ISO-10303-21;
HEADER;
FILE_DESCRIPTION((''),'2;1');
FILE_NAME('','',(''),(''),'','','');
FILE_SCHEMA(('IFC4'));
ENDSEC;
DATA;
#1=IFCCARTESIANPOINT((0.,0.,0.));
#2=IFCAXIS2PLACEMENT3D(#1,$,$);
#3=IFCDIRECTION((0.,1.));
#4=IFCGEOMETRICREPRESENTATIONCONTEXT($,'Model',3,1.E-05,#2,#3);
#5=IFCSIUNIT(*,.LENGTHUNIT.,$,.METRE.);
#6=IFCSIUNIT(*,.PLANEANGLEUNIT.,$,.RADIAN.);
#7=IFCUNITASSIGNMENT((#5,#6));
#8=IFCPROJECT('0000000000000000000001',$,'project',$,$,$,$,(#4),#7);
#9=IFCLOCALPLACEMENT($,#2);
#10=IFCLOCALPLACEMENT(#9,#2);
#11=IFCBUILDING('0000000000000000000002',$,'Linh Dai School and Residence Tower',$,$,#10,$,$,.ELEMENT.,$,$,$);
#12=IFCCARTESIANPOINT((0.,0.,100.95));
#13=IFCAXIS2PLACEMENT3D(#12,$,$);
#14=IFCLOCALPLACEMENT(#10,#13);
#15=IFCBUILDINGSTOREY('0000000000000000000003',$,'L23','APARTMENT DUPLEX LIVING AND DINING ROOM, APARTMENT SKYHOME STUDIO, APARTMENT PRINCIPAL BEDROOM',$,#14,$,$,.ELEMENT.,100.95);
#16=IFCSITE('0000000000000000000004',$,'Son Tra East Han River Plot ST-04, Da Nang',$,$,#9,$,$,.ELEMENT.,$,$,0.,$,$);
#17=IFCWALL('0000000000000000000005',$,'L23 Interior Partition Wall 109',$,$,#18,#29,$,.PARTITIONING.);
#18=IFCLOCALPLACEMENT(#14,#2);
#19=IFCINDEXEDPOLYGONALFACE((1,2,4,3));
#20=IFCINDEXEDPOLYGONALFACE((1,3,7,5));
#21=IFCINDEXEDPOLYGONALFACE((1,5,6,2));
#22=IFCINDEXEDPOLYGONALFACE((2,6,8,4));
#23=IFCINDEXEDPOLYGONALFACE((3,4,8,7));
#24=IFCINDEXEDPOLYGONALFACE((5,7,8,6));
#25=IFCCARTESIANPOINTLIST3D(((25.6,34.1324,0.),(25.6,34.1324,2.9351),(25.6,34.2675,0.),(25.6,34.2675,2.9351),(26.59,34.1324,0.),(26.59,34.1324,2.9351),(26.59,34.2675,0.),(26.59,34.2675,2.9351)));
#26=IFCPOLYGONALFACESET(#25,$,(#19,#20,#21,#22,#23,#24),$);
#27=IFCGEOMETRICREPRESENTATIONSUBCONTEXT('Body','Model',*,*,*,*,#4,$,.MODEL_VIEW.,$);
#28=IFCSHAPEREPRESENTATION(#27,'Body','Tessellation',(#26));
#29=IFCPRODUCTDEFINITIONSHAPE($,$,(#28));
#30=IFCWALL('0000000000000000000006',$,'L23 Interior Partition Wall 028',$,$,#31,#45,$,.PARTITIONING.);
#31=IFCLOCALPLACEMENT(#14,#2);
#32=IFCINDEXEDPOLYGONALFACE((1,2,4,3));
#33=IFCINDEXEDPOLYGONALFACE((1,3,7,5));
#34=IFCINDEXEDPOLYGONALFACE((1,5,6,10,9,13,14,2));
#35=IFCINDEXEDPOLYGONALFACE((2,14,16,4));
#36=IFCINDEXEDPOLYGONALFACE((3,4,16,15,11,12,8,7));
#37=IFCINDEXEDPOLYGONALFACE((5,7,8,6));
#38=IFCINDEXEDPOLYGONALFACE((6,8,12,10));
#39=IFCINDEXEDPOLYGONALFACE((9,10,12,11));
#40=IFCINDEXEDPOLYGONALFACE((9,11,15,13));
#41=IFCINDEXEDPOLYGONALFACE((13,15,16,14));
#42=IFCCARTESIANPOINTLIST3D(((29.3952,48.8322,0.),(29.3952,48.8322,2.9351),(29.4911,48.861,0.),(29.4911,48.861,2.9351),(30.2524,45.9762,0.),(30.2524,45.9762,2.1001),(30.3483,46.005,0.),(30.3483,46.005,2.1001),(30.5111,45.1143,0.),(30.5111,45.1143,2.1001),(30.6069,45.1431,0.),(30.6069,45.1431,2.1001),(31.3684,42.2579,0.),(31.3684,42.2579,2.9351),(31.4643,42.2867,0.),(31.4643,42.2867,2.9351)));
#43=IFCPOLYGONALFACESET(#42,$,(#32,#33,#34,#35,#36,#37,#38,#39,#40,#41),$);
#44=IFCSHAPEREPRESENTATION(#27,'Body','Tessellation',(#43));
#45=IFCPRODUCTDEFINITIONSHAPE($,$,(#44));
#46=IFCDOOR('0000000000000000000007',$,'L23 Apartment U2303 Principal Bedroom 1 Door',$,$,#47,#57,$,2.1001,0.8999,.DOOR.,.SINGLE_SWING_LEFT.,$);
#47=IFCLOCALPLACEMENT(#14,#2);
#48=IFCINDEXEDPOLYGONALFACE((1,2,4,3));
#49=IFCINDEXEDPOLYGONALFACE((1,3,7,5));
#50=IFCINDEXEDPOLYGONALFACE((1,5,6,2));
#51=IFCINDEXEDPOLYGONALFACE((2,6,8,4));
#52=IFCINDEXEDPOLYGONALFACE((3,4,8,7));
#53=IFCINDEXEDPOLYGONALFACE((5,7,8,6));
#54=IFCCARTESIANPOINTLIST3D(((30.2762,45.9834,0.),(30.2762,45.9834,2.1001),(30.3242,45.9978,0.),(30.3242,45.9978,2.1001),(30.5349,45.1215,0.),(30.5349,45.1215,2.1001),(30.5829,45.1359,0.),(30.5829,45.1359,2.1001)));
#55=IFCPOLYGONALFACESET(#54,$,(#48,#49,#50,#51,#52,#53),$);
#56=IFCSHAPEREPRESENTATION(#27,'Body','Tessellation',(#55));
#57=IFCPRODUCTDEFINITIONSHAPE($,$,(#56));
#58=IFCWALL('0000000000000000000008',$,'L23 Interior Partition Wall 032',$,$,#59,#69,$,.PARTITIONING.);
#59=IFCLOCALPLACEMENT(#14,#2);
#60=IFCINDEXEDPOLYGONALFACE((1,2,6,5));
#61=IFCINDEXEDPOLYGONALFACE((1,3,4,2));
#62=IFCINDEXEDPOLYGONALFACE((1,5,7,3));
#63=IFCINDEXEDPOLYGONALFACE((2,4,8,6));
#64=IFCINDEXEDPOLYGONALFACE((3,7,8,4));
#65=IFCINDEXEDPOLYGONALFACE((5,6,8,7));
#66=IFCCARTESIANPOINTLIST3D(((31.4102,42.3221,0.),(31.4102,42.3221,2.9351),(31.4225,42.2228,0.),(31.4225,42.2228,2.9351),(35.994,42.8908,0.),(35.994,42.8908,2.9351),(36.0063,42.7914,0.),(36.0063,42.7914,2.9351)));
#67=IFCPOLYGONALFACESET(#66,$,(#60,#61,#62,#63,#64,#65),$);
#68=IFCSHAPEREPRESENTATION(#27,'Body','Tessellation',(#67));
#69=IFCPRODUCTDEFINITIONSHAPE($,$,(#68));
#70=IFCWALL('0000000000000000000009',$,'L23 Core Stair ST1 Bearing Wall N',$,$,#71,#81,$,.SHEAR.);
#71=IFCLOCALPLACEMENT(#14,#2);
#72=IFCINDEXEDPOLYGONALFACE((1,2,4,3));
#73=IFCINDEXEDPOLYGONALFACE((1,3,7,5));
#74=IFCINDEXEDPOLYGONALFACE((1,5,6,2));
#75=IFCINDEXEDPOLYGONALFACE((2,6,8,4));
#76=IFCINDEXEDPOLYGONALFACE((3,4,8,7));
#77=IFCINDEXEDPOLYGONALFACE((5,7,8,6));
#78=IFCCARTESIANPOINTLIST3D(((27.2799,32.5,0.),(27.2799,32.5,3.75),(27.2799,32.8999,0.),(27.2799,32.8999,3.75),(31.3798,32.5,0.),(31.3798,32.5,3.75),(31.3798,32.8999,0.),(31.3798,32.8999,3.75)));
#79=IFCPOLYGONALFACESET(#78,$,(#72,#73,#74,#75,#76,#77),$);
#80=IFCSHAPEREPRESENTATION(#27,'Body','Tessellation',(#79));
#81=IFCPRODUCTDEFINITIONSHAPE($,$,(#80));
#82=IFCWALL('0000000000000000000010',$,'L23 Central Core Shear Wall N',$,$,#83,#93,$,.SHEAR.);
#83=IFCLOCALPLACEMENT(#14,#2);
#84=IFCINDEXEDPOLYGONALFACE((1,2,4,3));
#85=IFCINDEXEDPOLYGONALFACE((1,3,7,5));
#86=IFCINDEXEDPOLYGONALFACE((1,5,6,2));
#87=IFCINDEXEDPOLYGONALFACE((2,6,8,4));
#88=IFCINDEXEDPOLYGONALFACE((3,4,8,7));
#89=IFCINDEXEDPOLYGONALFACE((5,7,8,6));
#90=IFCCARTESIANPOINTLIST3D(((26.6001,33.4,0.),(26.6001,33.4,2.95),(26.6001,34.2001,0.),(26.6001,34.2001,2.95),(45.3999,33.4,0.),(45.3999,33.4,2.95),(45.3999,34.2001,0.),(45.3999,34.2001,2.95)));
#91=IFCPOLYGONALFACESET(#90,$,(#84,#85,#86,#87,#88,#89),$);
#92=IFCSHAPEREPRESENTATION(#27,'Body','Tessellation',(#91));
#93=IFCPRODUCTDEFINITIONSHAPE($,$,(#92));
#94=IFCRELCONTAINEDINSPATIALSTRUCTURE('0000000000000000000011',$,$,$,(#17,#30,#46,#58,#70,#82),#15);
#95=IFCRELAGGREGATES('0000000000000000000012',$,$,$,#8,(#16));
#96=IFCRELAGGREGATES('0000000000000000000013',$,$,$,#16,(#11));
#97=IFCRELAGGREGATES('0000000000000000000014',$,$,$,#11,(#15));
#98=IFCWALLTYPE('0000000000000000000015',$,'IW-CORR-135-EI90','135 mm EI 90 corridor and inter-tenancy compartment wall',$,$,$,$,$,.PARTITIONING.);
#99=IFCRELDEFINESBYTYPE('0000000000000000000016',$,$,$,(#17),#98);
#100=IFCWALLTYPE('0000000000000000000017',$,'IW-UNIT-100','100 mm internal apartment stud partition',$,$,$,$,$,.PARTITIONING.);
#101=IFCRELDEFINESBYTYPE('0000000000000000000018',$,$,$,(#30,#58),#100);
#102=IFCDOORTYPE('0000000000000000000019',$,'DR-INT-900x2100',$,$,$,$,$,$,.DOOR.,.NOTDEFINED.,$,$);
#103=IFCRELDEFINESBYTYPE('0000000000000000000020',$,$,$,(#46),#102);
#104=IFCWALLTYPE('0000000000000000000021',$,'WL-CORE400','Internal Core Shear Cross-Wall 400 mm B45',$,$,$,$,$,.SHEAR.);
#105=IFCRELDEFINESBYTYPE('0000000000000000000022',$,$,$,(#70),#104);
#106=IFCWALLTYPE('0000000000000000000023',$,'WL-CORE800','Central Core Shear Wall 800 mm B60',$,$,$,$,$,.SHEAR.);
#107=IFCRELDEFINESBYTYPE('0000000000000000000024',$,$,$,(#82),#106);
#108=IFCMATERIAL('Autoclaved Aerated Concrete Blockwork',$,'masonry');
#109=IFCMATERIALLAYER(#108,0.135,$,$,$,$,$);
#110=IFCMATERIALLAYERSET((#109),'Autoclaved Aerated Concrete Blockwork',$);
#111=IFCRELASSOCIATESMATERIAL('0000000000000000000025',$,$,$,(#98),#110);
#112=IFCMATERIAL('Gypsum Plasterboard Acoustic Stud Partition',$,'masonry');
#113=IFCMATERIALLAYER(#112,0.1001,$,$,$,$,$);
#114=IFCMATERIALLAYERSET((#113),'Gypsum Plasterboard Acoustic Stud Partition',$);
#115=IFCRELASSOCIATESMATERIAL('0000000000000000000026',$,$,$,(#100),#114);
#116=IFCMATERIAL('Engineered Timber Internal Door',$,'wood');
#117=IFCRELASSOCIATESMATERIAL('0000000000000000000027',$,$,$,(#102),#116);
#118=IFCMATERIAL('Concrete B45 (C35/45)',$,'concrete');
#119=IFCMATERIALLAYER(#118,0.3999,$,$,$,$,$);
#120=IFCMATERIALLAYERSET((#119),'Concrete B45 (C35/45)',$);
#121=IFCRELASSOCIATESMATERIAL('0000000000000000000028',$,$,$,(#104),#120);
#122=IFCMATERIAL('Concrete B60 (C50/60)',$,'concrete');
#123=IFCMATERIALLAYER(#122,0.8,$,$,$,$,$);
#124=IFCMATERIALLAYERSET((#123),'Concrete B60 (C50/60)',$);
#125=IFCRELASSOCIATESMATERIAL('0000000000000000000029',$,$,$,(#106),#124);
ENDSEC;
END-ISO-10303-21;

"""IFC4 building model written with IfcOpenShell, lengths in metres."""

from ifc_helpers import new_model, si_unit, direction, frame, frame_2d, origin, origin_2d, place, context, subcontext, project, spatial, rectangle, extrude, source, transform, mapped, material, layer, layer_set, type_object, element, fill, save


model = new_model("IFC4")

# Units and contexts
model_context = context("Model", 3, precision=1e-05, world=origin(), true_north=direction((0.0, 1.0)))
body_context = subcontext(model_context, "Body", "Model", "MODEL_VIEW")
ifc_project = project(units=[si_unit("LENGTHUNIT", "METRE"), si_unit("PLANEANGLEUNIT", "RADIAN")], contexts=[model_context])

# Site, building, storey
site_placement = place(None, origin())
site = spatial("IfcSite", under=ifc_project, at=site_placement, Name="Son Tra East Han River Plot ST-04, Da Nang", CompositionType="ELEMENT", RefElevation=0.0)
building_placement = place(site_placement, origin())
building = spatial("IfcBuilding", under=site, at=building_placement, Name="Linh Dai School and Residence Tower", CompositionType="ELEMENT")
storey_placement = place(building_placement, frame((0.0, 0.0, 100.95)))
storey = spatial("IfcBuildingStorey", under=building, at=storey_placement, Name="L23", Description="APARTMENT DUPLEX LIVING AND DINING ROOM, APARTMENT SKYHOME STUDIO, APARTMENT PRINCIPAL BEDROOM", CompositionType="ELEMENT", Elevation=100.95)

# Wall
ifc_material_1 = material(Name="Autoclaved Aerated Concrete Blockwork", Category="masonry")
ifc_layer_1 = layer(ifc_material_1, 0.135)
ifc_layer_set_1 = layer_set([ifc_layer_1], Name="Autoclaved Aerated Concrete Blockwork")
wall_type_1 = type_object("IfcWallType", Name="IW-CORR-135-EI90", Description="135 mm EI 90 corridor and inter-tenancy compartment wall", PredefinedType="PARTITIONING", material=ifc_layer_set_1)
wall_1_placement = place(storey_placement, frame((26.5901, 34.2, 0.0), z_axis=(0.0, 0.0, 1.0), x_axis=(-1.0, 0.0, 0.0)))
element("IfcWall", 1, at=wall_1_placement, inside=storey, type_object=wall_type_1, Name="L23 Interior Partition Wall 109", PredefinedType="PARTITIONING", context=body_context, shape_type="SweptSolid", body=[
    extrude(rectangle(XDim=0.99, YDim=0.135, at=frame_2d((0.4951, 0.0))), origin(), (0.0, 0.0, 1.0), 2.9351),
])

# Wall, opening, door
ifc_material_2 = material(Name="Gypsum Plasterboard Acoustic Stud Partition", Category="masonry")
ifc_layer_2 = layer(ifc_material_2, 0.1001)
ifc_layer_set_2 = layer_set([ifc_layer_2], Name="Gypsum Plasterboard Acoustic Stud Partition")
wall_type_2 = type_object("IfcWallType", Name="IW-UNIT-100", Description="100 mm internal apartment stud partition", PredefinedType="PARTITIONING", material=ifc_layer_set_2)
wall_2_placement = place(storey_placement, frame((29.4431, 48.8467, 0.0), z_axis=(0.0, 0.0, 1.0), x_axis=(0.287465, -0.957791, 0.0)))
wall_2 = element("IfcWall", 2, at=wall_2_placement, inside=storey, type_object=wall_type_2, Name="L23 Interior Partition Wall 028", PredefinedType="PARTITIONING", context=body_context, shape_type="SweptSolid", body=[
    extrude(rectangle(XDim=6.864, YDim=0.1001, at=frame_2d((3.4321, 0.0))), origin(), (0.0, 0.0, 1.0), 2.9351),
])
opening_1_placement = place(wall_2_placement, frame((2.9819, 0.0, 0.0)))
opening_1 = element("IfcOpeningElement", 3, at=opening_1_placement, cuts=wall_2, PredefinedType="OPENING", context=body_context, shape_type="SweptSolid", body=[
    extrude(rectangle(XDim=0.8999, YDim=2.1001, at=origin_2d()), frame((0.45, 0.0601, 1.05), z_axis=(0.0, -1.0, 0.0), x_axis=(1.0, 0.0, 0.0)), (0.0, 0.0, 1.0), 0.1201),
])
ifc_material_3 = material(Name="Engineered Timber Internal Door", Category="wood")
door_type = type_object("IfcDoorType", Name="DR-INT-900x2100", OperationType="NOTDEFINED", PredefinedType="DOOR", material=ifc_material_3)
shared_shape_1 = source(origin(), body_context, "Body", "SweptSolid", [
    extrude(rectangle(XDim=0.8999, YDim=2.1001, at=origin_2d()), frame((0.45, 0.0249, 1.05), z_axis=(0.0, -1.0, 0.0), x_axis=(1.0, 0.0, 0.0)), (0.0, 0.0, 1.0), 0.05),
])
door_placement = place(opening_1_placement, origin())
door = element("IfcDoor", 4, at=door_placement, inside=storey, type_object=door_type, Name="L23 Apartment U2303 Principal Bedroom 1 Door", OperationType="SINGLE_SWING_LEFT", OverallHeight=2.1001, OverallWidth=0.8999, PredefinedType="DOOR", context=body_context, shape_type="MappedRepresentation", body=[
    mapped(shared_shape_1, transform((0.0, 0.0, 0.0), x_axis=(1.0, 0.0, 0.0), y_axis=(0.0, 1.0, 0.0), z_axis=(0.0, 0.0, 1.0), scale=1.0)),
])
fill(opening_1, door)

# Walls
wall_3_placement = place(storey_placement, frame((31.4163, 42.2725, 0.0), z_axis=(0.0, 0.0, 1.0), x_axis=(0.992394, 0.123104, 0.0)))
element("IfcWall", 5, at=wall_3_placement, inside=storey, type_object=wall_type_2, Name="L23 Interior Partition Wall 032", PredefinedType="PARTITIONING", context=body_context, shape_type="SweptSolid", body=[
    extrude(rectangle(XDim=4.6189, YDim=0.1001, at=frame_2d((2.3096, 0.0))), origin(), (0.0, 0.0, 1.0), 2.9351),
])
ifc_material_4 = material(Name="Concrete B45 (C35/45)", Category="concrete")
ifc_layer_3 = layer(ifc_material_4, 0.3999)
ifc_layer_set_3 = layer_set([ifc_layer_3], Name="Concrete B45 (C35/45)")
wall_type_3 = type_object("IfcWallType", Name="WL-CORE400", Description="Internal Core Shear Cross-Wall 400 mm B45", PredefinedType="SHEAR", material=ifc_layer_set_3)
wall_4_placement = place(storey_placement, frame((27.28, 32.7, 0.0), z_axis=(0.0, 0.0, 1.0), x_axis=(1.0, 0.0, 0.0)))
element("IfcWall", 6, at=wall_4_placement, inside=storey, type_object=wall_type_3, Name="L23 Core Stair ST1 Bearing Wall N", PredefinedType="SHEAR", context=body_context, shape_type="SweptSolid", body=[
    extrude(rectangle(XDim=4.0999, YDim=0.3999, at=frame_2d((2.0498, 0.0))), origin(), (0.0, 0.0, 1.0), 3.75),
])
ifc_material_5 = material(Name="Concrete B60 (C50/60)", Category="concrete")
ifc_layer_4 = layer(ifc_material_5, 0.8)
ifc_layer_set_4 = layer_set([ifc_layer_4], Name="Concrete B60 (C50/60)")
wall_type_4 = type_object("IfcWallType", Name="WL-CORE800", Description="Central Core Shear Wall 800 mm B60", PredefinedType="SHEAR", material=ifc_layer_set_4)
wall_5_placement = place(storey_placement, frame((26.6001, 33.8, 0.0), z_axis=(0.0, 0.0, 1.0), x_axis=(1.0, 0.0, 0.0)))
element("IfcWall", 7, at=wall_5_placement, inside=storey, type_object=wall_type_4, Name="L23 Central Core Shear Wall N", PredefinedType="SHEAR", context=body_context, shape_type="SweptSolid", body=[
    extrude(rectangle(XDim=18.7998, YDim=0.8, at=frame_2d((9.3999, 0.0))), origin(), (0.0, 0.0, 1.0), 2.95),
])

save(model, "model.ifc")
